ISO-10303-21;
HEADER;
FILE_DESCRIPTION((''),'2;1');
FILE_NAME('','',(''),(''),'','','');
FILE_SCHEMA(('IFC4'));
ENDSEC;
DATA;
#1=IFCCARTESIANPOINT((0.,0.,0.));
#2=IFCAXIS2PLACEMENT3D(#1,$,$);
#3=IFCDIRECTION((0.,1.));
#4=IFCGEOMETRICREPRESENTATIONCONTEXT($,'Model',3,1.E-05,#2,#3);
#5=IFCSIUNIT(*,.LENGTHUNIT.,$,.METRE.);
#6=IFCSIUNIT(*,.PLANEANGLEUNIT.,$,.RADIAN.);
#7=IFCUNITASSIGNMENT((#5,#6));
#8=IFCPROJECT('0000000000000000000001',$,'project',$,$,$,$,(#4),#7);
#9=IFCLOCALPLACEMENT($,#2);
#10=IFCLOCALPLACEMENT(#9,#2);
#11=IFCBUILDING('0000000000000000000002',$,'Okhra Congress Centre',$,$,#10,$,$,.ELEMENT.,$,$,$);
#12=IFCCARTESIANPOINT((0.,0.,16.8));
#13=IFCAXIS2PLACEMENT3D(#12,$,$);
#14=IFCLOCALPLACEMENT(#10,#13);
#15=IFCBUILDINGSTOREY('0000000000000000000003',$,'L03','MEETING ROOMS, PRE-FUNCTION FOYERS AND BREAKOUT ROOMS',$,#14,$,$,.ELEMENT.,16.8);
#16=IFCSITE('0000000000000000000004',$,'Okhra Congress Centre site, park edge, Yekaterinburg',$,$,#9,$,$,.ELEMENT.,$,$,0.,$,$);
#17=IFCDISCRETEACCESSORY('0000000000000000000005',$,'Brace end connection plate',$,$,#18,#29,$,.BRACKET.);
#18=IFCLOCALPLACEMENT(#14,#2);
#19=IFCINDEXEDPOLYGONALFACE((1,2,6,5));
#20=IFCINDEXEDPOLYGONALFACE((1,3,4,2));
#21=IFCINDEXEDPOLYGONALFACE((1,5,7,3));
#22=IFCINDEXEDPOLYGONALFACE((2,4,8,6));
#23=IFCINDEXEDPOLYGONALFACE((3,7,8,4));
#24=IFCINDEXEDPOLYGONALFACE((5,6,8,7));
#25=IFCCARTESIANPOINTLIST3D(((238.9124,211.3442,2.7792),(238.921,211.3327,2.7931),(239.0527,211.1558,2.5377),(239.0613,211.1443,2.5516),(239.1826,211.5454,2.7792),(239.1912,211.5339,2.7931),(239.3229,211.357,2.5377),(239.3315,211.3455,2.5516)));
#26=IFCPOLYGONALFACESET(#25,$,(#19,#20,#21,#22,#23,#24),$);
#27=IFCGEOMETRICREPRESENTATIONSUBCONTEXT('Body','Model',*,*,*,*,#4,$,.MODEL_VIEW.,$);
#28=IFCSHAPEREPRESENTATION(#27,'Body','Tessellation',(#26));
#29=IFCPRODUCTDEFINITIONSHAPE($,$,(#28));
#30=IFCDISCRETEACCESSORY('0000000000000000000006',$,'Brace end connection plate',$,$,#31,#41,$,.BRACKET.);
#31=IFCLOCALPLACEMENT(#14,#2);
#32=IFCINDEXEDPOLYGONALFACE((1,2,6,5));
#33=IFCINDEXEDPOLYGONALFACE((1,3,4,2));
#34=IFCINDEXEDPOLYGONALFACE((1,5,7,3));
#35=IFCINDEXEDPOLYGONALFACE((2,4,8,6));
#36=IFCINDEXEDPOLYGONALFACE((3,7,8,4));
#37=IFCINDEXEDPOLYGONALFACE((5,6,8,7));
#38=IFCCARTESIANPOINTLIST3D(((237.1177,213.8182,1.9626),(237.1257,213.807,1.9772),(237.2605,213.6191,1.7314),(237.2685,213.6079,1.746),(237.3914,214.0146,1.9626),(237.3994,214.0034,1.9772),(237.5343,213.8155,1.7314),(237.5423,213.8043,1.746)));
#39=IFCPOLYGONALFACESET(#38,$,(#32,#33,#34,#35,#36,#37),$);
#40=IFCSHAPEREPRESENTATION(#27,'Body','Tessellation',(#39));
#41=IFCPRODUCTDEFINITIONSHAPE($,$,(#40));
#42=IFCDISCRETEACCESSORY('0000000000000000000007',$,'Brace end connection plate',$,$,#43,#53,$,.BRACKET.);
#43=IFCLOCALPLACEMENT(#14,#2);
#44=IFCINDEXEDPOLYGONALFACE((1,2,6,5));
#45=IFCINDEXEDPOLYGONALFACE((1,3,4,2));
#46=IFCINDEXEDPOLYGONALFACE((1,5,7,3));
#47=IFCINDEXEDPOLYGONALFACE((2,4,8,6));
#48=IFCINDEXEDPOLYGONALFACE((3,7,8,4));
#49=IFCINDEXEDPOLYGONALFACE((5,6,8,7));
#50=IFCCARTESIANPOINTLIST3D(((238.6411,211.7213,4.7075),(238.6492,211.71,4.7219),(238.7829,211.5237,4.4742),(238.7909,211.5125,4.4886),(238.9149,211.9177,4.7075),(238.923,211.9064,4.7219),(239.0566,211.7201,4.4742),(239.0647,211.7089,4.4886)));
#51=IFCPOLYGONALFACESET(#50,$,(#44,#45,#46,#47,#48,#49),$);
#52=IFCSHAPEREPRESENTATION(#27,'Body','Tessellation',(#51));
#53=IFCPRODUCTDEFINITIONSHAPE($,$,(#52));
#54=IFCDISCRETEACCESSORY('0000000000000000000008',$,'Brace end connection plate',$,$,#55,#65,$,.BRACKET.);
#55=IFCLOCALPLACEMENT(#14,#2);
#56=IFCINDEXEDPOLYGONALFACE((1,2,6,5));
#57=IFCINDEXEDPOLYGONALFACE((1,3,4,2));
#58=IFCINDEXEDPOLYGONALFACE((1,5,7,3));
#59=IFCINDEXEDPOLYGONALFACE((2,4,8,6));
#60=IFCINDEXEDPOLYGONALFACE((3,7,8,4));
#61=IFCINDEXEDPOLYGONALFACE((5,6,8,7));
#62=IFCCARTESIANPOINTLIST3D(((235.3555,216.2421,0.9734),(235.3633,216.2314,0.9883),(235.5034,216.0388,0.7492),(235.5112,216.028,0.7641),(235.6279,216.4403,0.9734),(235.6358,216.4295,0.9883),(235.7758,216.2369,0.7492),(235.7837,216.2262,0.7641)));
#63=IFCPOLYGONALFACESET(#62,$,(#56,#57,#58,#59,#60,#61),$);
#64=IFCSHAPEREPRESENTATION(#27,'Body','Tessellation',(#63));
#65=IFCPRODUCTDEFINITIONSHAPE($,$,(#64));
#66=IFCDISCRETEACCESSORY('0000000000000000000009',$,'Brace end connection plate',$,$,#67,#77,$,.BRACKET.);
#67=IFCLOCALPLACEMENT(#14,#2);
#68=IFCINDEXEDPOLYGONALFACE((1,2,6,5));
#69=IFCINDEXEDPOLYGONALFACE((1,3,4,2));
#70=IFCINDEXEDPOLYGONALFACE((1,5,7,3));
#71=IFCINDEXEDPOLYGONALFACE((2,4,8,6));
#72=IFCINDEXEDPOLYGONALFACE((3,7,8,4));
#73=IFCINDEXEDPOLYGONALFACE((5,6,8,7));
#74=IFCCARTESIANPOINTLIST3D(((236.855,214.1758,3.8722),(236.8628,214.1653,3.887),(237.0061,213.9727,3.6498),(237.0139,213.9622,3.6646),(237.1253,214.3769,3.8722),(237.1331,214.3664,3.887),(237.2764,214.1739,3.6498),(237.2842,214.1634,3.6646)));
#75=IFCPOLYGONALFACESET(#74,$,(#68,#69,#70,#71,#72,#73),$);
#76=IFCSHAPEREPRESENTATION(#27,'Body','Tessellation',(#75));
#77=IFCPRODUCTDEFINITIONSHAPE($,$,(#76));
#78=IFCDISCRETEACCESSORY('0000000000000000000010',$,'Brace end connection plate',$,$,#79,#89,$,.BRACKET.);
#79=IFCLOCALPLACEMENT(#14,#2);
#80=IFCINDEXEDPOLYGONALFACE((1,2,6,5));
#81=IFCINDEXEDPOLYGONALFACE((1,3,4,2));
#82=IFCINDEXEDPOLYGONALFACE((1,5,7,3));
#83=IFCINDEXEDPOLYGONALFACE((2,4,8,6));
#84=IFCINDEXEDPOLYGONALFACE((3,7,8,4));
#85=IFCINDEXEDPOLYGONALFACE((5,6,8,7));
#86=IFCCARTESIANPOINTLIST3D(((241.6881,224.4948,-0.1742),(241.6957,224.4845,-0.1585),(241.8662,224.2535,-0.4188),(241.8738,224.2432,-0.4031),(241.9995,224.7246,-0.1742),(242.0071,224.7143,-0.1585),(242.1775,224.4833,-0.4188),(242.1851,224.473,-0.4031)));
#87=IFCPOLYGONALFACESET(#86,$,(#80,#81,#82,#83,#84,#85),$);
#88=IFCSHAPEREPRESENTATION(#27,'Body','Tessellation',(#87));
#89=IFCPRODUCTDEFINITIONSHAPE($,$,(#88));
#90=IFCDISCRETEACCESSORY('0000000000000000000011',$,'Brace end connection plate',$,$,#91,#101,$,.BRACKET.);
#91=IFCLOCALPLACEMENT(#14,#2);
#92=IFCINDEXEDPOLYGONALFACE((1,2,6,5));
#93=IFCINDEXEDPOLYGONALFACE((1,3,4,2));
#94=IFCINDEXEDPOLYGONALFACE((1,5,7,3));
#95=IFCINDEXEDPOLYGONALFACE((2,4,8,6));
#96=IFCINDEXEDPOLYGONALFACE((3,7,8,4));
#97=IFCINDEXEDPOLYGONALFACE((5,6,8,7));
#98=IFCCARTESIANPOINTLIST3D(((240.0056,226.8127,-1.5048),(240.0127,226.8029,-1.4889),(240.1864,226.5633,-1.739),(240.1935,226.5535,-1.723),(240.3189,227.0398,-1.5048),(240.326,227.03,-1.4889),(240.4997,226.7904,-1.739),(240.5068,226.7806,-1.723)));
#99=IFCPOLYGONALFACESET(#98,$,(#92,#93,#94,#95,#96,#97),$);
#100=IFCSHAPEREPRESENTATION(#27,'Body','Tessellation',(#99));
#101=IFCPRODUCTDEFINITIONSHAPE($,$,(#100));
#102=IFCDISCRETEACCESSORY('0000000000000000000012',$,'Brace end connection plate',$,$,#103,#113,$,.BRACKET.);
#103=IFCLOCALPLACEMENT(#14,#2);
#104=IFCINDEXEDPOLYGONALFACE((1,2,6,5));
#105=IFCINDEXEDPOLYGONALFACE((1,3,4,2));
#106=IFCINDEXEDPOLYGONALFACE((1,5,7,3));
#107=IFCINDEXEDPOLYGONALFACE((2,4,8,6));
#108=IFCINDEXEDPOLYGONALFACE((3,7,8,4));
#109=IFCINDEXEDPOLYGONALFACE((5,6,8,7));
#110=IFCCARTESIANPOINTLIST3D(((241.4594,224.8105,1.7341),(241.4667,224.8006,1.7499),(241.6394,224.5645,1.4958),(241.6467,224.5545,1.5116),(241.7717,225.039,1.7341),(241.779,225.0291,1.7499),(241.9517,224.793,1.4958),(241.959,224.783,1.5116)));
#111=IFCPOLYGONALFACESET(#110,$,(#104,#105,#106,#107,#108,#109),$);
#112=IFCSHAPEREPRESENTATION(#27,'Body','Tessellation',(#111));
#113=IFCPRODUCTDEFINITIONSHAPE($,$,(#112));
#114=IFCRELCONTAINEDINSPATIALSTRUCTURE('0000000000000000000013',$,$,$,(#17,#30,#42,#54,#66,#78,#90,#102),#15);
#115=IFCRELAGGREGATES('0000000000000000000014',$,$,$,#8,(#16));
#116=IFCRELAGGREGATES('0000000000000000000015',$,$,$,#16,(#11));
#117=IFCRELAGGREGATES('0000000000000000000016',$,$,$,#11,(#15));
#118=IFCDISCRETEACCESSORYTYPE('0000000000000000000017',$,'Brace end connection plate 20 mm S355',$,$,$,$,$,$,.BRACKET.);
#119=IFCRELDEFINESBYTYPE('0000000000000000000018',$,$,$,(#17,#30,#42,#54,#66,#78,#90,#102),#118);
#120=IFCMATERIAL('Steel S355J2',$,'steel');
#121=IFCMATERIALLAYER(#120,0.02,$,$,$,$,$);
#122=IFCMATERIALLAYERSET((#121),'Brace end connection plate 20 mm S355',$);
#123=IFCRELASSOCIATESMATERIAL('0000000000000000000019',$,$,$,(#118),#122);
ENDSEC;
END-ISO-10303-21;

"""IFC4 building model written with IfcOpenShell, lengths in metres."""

from ifc_helpers import new_model, si_unit, direction, frame, origin, origin_2d, place, context, subcontext, project, spatial, rectangle, extrude, material, layer, layer_set, type_object, element, save


model = new_model("IFC4")

# Units and contexts
model_context = context("Model", 3, precision=1e-05, world=origin(), true_north=direction((0.0, 1.0)))
body_context = subcontext(model_context, "Body", "Model", "MODEL_VIEW")
ifc_project = project(units=[si_unit("LENGTHUNIT", "METRE"), si_unit("PLANEANGLEUNIT", "RADIAN")], contexts=[model_context])

# Site, building, storey
site_placement = place(None, origin())
site = spatial("IfcSite", under=ifc_project, at=site_placement, Name="Okhra Congress Centre site, park edge, Yekaterinburg", CompositionType="ELEMENT", RefElevation=0.0)
building_placement = place(site_placement, origin())
building = spatial("IfcBuilding", under=site, at=building_placement, Name="Okhra Congress Centre", CompositionType="ELEMENT")
storey_placement = place(building_placement, frame((0.0, 0.0, 16.8)))
storey = spatial("IfcBuildingStorey", under=building, at=storey_placement, Name="L03", Description="MEETING ROOMS, PRE-FUNCTION FOYERS AND BREAKOUT ROOMS", CompositionType="ELEMENT", Elevation=16.8)

# Shared definitions
ifc_material_1 = material(Name="Steel S355J2", Category="steel")

# Discrete accessories
ifc_layer = layer(ifc_material_1, 0.02)
ifc_layer_set = layer_set([ifc_layer], Name="Brace end connection plate 20 mm S355")
discrete_accessory_type = type_object("IfcDiscreteAccessoryType", Name="Brace end connection plate 20 mm S355", PredefinedType="BRACKET", material=ifc_layer_set)
for number, where, z_axis, x_axis, name in (
    (1, (239.1262, 211.3391, 2.6724), (-0.428137, 0.574926, -0.697251), (-0.802043, -0.597266, 0.0), "Brace end connection plate"),
    (2, (237.334, 213.8057, 1.8616), (-0.400037, 0.557627, -0.72734), (-0.812538, -0.582908, 0.0), "Brace end connection plate"),
    (3, (238.8489, 211.7207, 4.5908), (0.403581, -0.562568, 0.721554), (0.812538, 0.582908, 0.0), "Brace end connection plate"),
    (4, (235.5735, 216.2288, 0.8762), (-0.391498, 0.538309, -0.746293), (-0.808736, -0.588172, 0.0), "Brace end connection plate"),
):
    element("IfcDiscreteAccessory", number, at=place(storey_placement, frame(where, z_axis=z_axis, x_axis=x_axis)), inside=storey, type_object=discrete_accessory_type, Name=name, PredefinedType="BRACKET", context=body_context, shape_type="SweptSolid", body=[
        extrude(rectangle(XDim=0.3369, YDim=0.3369, at=origin_2d()), origin(), (0.0, 0.0, 1.0), 0.02),
    ])
discrete_accessory_1_placement = place(storey_placement, frame((237.0657, 214.1748, 3.761), z_axis=(0.394072, -0.529534, 0.7512), x_axis=(0.802233, 0.597011, 0.0)))
element("IfcDiscreteAccessory", 5, at=discrete_accessory_1_placement, inside=storey, type_object=discrete_accessory_type, Name="Brace end connection plate", PredefinedType="BRACKET", context=body_context, shape_type="SweptSolid", body=[
    extrude(rectangle(XDim=0.3369, YDim=0.3369, at=origin_2d()), origin(), (0.0, 0.0, 1.0), 0.0198),
])
discrete_accessory_2_placement = place(storey_placement, frame((241.9404, 224.4788, -0.2808), z_axis=(-0.375351, 0.50854, -0.774918), x_axis=(-0.804574, -0.593852, 0.0)))
element("IfcDiscreteAccessory", 6, at=discrete_accessory_2_placement, inside=storey, type_object=discrete_accessory_type, Name="Brace end connection plate", PredefinedType="BRACKET", context=body_context, shape_type="SweptSolid", body=[
    extrude(rectangle(XDim=0.387, YDim=0.387, at=origin_2d()), origin(), (0.0, 0.0, 1.0), 0.0203),
])
for number, where, z_axis, x_axis, name in (
    (7, (240.2598, 226.7917, -1.606), (-0.355194, 0.489922, -0.796124), (-0.80961, -0.586968, 0.0), "Brace end connection plate"),
    (8, (241.7056, 224.8018, 1.615), (0.363643, -0.496979, 0.787893), (0.80703, 0.59051, 0.0), "Brace end connection plate"),
):
    element("IfcDiscreteAccessory", number, at=place(storey_placement, frame(where, z_axis=z_axis, x_axis=x_axis)), inside=storey, type_object=discrete_accessory_type, Name=name, PredefinedType="BRACKET", context=body_context, shape_type="SweptSolid", body=[
        extrude(rectangle(XDim=0.387, YDim=0.387, at=origin_2d()), origin(), (0.0, 0.0, 1.0), 0.02),
    ])

save(model, "model.ifc")
